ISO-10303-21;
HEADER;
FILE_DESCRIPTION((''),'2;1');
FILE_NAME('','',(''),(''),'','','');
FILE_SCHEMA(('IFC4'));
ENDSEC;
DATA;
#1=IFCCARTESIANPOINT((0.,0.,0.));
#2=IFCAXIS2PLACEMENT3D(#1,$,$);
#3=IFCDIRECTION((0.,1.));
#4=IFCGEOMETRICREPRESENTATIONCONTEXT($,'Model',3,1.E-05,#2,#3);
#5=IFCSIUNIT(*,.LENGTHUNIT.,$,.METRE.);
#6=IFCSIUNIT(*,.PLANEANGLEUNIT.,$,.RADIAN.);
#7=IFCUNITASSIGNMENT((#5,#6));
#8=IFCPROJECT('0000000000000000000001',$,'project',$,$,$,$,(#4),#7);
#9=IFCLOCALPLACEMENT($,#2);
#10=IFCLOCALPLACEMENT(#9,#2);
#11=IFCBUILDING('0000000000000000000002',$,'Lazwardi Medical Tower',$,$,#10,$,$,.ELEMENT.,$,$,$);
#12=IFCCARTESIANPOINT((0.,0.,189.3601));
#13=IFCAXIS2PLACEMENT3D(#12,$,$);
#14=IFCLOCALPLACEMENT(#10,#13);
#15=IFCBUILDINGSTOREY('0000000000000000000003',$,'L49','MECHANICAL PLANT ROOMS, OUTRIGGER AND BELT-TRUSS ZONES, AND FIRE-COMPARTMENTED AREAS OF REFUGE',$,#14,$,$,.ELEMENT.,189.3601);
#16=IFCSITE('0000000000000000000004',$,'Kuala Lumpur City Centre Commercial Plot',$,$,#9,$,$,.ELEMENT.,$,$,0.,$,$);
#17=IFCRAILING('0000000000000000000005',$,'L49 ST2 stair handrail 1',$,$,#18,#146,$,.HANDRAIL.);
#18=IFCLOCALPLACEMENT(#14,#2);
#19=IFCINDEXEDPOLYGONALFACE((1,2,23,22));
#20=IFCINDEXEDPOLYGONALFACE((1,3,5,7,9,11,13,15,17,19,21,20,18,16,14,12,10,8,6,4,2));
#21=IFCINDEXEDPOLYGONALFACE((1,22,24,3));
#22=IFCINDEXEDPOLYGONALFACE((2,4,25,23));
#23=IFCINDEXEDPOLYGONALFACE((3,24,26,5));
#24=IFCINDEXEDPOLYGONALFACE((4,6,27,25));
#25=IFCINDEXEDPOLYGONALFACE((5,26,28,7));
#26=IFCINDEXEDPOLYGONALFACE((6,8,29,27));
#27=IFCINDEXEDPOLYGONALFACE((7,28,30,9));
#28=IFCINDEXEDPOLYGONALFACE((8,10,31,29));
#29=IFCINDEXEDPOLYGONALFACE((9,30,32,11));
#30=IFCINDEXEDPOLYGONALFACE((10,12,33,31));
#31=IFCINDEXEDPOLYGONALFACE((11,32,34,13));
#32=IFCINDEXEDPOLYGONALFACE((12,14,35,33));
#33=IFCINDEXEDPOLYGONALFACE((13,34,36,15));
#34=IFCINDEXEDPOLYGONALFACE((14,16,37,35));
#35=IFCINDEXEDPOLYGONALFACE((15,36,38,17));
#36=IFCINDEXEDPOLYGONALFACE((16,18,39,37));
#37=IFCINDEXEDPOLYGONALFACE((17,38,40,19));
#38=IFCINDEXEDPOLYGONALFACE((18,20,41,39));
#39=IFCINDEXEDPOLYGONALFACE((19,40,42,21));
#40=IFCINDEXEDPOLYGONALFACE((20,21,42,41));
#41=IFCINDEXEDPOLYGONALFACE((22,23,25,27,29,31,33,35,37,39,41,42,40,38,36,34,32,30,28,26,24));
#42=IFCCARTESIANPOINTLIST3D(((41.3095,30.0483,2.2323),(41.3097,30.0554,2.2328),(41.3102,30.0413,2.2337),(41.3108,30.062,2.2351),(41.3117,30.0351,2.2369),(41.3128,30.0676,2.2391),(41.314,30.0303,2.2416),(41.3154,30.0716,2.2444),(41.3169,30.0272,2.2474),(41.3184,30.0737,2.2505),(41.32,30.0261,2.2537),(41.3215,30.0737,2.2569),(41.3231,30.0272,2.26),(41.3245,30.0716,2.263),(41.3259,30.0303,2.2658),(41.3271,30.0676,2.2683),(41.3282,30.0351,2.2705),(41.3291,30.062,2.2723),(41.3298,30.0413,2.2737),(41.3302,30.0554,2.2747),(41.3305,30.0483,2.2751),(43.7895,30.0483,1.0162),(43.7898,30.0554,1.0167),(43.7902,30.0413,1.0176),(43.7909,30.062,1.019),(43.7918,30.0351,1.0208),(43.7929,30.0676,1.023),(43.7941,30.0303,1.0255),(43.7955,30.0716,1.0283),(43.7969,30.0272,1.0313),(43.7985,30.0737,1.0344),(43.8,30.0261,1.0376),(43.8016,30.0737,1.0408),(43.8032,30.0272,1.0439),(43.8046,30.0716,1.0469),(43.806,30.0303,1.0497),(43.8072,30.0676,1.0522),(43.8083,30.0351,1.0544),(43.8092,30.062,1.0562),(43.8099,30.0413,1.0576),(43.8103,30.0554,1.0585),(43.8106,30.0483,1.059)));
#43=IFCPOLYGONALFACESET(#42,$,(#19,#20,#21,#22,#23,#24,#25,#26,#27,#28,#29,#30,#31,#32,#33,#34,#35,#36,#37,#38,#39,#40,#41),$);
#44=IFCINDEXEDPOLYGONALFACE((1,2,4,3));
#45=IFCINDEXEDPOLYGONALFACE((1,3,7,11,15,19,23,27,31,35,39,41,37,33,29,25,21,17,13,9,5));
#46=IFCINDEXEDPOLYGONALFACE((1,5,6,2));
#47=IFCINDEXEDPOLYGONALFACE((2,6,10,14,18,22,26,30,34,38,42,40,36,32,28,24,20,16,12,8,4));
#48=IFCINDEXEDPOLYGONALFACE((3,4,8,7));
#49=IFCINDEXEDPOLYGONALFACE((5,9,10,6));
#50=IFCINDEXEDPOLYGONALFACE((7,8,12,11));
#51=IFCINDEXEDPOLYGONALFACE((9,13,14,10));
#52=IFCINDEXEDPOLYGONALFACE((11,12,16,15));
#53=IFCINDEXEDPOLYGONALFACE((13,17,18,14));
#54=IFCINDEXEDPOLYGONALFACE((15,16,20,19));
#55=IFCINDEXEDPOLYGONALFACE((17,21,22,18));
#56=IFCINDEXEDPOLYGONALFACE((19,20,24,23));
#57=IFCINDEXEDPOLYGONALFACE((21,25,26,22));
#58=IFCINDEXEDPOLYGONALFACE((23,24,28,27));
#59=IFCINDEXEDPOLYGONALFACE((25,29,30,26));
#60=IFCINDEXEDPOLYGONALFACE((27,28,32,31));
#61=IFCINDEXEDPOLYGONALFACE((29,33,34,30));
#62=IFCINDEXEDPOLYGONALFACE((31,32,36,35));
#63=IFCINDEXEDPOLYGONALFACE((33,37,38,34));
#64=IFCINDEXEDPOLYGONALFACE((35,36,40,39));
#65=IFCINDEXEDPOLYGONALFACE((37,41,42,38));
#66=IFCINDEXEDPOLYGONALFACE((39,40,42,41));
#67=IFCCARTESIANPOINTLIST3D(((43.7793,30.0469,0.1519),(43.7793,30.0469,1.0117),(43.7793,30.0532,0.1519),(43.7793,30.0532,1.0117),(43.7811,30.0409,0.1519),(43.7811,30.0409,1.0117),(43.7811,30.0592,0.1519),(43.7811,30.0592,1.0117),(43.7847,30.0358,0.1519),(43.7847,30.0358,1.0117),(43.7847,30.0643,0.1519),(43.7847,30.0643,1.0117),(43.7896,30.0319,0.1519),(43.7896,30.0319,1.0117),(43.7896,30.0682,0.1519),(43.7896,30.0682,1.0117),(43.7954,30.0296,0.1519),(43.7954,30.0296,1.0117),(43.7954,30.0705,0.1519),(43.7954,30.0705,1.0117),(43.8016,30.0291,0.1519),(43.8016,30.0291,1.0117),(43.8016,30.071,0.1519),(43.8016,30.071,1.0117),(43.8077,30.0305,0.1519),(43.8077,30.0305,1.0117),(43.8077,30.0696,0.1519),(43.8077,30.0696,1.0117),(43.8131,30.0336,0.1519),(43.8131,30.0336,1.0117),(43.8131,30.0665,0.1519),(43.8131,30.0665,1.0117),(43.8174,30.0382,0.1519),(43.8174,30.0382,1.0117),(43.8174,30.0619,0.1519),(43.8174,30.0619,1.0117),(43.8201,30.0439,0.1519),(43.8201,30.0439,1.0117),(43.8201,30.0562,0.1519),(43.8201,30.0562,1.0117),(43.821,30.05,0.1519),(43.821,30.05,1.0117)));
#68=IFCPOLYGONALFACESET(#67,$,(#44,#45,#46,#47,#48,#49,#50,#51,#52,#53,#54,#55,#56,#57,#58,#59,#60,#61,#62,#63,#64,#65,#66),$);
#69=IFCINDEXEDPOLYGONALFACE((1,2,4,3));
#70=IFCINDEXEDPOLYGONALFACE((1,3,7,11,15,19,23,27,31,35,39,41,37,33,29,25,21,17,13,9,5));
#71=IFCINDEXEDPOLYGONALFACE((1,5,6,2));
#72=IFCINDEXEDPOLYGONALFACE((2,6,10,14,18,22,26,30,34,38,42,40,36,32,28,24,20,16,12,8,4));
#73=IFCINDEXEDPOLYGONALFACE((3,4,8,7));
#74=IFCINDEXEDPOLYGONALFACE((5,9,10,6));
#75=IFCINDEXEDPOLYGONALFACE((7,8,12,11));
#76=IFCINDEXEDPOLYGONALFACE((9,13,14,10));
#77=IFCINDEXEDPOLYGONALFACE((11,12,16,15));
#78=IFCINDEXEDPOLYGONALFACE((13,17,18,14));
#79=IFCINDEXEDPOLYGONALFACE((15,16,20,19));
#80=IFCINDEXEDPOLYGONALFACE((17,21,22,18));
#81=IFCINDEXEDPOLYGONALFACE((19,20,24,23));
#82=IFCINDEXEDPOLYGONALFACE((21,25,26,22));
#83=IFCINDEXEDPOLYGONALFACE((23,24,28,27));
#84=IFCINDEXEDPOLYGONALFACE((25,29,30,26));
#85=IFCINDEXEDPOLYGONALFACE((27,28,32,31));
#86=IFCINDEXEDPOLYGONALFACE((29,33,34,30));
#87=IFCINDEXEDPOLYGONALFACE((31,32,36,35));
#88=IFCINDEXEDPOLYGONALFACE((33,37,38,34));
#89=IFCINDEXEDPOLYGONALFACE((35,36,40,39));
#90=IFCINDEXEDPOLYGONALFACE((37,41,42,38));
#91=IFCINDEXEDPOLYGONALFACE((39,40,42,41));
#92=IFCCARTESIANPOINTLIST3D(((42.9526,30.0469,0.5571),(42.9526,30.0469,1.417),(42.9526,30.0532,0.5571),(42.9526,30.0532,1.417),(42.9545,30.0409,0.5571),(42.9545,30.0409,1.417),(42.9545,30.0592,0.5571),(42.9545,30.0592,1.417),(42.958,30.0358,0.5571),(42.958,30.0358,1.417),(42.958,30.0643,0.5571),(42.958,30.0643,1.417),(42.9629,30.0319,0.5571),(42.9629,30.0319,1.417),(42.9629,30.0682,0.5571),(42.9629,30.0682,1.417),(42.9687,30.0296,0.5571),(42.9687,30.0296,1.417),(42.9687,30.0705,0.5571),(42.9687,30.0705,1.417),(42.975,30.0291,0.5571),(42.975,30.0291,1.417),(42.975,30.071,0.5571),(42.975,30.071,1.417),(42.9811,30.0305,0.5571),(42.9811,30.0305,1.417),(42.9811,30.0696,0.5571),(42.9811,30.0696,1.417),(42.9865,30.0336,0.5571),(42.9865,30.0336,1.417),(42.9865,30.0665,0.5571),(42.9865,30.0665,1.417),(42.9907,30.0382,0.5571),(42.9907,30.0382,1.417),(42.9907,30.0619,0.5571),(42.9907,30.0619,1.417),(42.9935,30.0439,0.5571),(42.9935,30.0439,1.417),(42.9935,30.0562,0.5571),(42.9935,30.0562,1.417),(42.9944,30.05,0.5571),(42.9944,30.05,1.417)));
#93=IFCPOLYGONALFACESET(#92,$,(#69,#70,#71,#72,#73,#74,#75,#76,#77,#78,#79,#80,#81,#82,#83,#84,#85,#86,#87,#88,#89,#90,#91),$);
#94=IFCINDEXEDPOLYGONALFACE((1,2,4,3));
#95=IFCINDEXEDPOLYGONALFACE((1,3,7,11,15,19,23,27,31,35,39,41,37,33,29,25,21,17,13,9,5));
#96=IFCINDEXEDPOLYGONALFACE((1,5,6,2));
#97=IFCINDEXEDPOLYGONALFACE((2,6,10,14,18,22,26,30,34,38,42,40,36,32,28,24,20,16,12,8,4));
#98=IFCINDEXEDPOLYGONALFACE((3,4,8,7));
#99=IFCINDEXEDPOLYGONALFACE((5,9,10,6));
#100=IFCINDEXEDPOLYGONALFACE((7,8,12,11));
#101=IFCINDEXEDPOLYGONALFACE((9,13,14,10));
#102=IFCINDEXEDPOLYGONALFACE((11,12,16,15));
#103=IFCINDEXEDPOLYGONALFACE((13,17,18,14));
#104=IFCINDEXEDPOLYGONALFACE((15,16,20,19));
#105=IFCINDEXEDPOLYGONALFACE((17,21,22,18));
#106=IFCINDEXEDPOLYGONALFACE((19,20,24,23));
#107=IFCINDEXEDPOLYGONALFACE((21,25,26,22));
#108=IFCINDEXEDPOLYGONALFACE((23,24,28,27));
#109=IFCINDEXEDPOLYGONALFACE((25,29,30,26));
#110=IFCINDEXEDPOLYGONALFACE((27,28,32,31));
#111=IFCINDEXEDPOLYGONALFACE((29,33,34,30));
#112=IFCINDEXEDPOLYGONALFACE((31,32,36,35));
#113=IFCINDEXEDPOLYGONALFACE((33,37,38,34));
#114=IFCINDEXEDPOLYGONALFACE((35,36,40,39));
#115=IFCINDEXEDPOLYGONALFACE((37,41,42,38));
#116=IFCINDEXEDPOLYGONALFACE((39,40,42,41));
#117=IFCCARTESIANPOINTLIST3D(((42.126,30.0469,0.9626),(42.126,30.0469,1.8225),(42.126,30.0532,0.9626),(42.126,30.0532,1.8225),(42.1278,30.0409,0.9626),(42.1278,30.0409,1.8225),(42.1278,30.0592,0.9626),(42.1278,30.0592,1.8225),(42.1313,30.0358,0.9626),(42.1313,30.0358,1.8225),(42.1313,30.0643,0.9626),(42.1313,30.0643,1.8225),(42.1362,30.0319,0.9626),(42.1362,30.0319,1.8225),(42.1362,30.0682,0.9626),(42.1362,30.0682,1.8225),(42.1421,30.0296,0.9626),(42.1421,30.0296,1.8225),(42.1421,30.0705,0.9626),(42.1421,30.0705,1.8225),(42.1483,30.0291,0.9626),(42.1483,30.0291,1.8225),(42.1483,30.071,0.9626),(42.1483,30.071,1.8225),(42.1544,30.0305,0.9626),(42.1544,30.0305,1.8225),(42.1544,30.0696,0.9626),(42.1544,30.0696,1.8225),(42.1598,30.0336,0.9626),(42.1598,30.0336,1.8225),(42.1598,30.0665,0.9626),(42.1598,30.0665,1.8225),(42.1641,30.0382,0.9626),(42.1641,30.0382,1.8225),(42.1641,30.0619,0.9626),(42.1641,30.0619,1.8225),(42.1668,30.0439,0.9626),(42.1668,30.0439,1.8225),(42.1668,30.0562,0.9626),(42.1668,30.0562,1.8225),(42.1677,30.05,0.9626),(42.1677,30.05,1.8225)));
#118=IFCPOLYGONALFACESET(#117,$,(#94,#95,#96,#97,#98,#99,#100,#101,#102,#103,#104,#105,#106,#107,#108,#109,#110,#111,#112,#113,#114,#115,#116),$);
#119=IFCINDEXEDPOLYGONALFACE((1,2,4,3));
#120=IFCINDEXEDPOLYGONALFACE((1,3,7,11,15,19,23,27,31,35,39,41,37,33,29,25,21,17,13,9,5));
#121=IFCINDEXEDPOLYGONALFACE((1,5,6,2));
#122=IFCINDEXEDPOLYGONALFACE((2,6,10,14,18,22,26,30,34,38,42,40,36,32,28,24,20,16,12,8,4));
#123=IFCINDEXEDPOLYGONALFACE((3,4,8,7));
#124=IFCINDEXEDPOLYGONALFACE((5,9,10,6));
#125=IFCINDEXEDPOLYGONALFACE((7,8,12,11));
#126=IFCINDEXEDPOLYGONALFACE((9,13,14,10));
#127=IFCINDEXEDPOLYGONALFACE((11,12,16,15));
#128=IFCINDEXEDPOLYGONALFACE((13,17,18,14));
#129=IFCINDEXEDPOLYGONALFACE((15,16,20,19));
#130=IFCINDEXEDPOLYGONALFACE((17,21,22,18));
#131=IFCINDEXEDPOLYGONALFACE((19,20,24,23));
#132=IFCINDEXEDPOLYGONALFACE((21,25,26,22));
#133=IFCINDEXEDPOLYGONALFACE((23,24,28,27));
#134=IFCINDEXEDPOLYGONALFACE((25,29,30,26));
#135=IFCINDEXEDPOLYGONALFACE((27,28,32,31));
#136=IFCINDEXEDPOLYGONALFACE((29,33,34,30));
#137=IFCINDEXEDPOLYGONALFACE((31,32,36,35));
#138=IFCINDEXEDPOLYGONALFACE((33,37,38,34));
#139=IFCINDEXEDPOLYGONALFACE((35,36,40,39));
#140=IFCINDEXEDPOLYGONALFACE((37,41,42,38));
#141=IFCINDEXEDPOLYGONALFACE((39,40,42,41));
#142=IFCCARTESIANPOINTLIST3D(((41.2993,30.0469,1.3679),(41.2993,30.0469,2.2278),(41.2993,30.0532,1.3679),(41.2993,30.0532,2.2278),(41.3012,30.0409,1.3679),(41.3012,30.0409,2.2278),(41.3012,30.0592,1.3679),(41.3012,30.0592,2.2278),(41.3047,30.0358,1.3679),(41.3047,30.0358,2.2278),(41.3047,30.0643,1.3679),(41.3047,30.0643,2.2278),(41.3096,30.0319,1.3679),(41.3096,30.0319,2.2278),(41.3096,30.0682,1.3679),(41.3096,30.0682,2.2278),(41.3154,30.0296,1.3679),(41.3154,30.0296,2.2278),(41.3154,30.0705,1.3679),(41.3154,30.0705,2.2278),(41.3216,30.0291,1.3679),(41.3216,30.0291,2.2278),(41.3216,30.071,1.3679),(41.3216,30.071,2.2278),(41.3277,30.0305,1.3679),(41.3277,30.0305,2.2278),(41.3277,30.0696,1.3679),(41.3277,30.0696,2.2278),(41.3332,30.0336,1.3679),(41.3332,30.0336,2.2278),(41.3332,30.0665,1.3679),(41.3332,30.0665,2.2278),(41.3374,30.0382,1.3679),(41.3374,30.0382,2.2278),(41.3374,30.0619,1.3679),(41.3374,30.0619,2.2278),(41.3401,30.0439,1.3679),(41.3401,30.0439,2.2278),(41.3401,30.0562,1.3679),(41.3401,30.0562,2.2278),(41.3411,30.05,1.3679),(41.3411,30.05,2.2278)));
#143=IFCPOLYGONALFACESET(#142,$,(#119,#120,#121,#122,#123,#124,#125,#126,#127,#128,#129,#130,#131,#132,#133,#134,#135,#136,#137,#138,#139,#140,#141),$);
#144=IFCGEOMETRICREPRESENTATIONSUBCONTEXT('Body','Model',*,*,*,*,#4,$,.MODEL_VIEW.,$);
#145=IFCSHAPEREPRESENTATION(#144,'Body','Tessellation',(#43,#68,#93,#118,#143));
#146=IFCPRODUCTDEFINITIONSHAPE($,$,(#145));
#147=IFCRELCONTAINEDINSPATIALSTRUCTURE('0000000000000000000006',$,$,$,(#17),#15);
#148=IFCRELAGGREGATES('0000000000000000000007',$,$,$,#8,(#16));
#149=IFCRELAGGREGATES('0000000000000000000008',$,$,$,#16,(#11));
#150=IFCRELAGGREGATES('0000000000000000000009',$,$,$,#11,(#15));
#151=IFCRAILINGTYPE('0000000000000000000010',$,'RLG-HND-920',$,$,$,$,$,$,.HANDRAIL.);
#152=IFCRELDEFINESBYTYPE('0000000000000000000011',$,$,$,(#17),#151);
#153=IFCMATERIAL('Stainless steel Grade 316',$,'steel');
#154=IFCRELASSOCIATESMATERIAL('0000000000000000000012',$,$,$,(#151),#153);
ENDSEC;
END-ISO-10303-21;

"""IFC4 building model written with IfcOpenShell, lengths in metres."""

from ifc_helpers import new_model, si_unit, direction, frame, origin, origin_2d, place, context, subcontext, project, spatial, circle, extrude, material, type_object, element, save


model = new_model("IFC4")

# Units and contexts
model_context = context("Model", 3, precision=1e-05, world=origin(), true_north=direction((0.0, 1.0)))
body_context = subcontext(model_context, "Body", "Model", "MODEL_VIEW")
ifc_project = project(units=[si_unit("LENGTHUNIT", "METRE"), si_unit("PLANEANGLEUNIT", "RADIAN")], contexts=[model_context])

# Site, building, storey
site_placement = place(None, origin())
site = spatial("IfcSite", under=ifc_project, at=site_placement, Name="Kuala Lumpur City Centre Commercial Plot", CompositionType="ELEMENT", RefElevation=0.0)
building_placement = place(site_placement, origin())
building = spatial("IfcBuilding", under=site, at=building_placement, Name="Lazwardi Medical Tower", CompositionType="ELEMENT")
storey_placement = place(building_placement, frame((0.0, 0.0, 189.3601)))
storey = spatial("IfcBuildingStorey", under=building, at=storey_placement, Name="L49", Description="MECHANICAL PLANT ROOMS, OUTRIGGER AND BELT-TRUSS ZONES, AND FIRE-COMPARTMENTED AREAS OF REFUGE", CompositionType="ELEMENT", Elevation=189.3601)

# Railing
ifc_material_1 = material(Name="Stainless steel Grade 316", Category="steel")
railing_type_1 = type_object("IfcRailingType", Name="RLG-HND-920", PredefinedType="HANDRAIL", material=ifc_material_1)
for number, where, name in (
    (1, (43.8, 30.05, 0.1519), "L49 ST2 stair handrail 1"),
):
    element("IfcRailing", number, at=place(storey_placement, frame(where)), inside=storey, type_object=railing_type_1, Name=name, PredefinedType="HANDRAIL", context=body_context, shape_type="SweptSolid", body=[
        extrude(circle(Radius=0.0239, at=origin_2d()), frame((0.0, 0.0, 0.8857), z_axis=(-0.897865, 0.0, 0.44027), x_axis=(0.0, -1.0, 0.0)), (0.0, 0.0, 1.0), 2.7622),
        extrude(circle(Radius=0.021, at=origin_2d()), origin(), (0.0, 0.0, 1.0), 0.8599),
        extrude(circle(Radius=0.021, at=origin_2d()), frame((-0.8267, 0.0, 0.4053)), (0.0, 0.0, 1.0), 0.8599),
        extrude(circle(Radius=0.021, at=origin_2d()), frame((-1.6533, 0.0, 0.8108)), (0.0, 0.0, 1.0), 0.8599),
        extrude(circle(Radius=0.021, at=origin_2d()), frame((-2.48, 0.0, 1.2161)), (0.0, 0.0, 1.0), 0.8599),
    ])

save(model, "model.ifc")
